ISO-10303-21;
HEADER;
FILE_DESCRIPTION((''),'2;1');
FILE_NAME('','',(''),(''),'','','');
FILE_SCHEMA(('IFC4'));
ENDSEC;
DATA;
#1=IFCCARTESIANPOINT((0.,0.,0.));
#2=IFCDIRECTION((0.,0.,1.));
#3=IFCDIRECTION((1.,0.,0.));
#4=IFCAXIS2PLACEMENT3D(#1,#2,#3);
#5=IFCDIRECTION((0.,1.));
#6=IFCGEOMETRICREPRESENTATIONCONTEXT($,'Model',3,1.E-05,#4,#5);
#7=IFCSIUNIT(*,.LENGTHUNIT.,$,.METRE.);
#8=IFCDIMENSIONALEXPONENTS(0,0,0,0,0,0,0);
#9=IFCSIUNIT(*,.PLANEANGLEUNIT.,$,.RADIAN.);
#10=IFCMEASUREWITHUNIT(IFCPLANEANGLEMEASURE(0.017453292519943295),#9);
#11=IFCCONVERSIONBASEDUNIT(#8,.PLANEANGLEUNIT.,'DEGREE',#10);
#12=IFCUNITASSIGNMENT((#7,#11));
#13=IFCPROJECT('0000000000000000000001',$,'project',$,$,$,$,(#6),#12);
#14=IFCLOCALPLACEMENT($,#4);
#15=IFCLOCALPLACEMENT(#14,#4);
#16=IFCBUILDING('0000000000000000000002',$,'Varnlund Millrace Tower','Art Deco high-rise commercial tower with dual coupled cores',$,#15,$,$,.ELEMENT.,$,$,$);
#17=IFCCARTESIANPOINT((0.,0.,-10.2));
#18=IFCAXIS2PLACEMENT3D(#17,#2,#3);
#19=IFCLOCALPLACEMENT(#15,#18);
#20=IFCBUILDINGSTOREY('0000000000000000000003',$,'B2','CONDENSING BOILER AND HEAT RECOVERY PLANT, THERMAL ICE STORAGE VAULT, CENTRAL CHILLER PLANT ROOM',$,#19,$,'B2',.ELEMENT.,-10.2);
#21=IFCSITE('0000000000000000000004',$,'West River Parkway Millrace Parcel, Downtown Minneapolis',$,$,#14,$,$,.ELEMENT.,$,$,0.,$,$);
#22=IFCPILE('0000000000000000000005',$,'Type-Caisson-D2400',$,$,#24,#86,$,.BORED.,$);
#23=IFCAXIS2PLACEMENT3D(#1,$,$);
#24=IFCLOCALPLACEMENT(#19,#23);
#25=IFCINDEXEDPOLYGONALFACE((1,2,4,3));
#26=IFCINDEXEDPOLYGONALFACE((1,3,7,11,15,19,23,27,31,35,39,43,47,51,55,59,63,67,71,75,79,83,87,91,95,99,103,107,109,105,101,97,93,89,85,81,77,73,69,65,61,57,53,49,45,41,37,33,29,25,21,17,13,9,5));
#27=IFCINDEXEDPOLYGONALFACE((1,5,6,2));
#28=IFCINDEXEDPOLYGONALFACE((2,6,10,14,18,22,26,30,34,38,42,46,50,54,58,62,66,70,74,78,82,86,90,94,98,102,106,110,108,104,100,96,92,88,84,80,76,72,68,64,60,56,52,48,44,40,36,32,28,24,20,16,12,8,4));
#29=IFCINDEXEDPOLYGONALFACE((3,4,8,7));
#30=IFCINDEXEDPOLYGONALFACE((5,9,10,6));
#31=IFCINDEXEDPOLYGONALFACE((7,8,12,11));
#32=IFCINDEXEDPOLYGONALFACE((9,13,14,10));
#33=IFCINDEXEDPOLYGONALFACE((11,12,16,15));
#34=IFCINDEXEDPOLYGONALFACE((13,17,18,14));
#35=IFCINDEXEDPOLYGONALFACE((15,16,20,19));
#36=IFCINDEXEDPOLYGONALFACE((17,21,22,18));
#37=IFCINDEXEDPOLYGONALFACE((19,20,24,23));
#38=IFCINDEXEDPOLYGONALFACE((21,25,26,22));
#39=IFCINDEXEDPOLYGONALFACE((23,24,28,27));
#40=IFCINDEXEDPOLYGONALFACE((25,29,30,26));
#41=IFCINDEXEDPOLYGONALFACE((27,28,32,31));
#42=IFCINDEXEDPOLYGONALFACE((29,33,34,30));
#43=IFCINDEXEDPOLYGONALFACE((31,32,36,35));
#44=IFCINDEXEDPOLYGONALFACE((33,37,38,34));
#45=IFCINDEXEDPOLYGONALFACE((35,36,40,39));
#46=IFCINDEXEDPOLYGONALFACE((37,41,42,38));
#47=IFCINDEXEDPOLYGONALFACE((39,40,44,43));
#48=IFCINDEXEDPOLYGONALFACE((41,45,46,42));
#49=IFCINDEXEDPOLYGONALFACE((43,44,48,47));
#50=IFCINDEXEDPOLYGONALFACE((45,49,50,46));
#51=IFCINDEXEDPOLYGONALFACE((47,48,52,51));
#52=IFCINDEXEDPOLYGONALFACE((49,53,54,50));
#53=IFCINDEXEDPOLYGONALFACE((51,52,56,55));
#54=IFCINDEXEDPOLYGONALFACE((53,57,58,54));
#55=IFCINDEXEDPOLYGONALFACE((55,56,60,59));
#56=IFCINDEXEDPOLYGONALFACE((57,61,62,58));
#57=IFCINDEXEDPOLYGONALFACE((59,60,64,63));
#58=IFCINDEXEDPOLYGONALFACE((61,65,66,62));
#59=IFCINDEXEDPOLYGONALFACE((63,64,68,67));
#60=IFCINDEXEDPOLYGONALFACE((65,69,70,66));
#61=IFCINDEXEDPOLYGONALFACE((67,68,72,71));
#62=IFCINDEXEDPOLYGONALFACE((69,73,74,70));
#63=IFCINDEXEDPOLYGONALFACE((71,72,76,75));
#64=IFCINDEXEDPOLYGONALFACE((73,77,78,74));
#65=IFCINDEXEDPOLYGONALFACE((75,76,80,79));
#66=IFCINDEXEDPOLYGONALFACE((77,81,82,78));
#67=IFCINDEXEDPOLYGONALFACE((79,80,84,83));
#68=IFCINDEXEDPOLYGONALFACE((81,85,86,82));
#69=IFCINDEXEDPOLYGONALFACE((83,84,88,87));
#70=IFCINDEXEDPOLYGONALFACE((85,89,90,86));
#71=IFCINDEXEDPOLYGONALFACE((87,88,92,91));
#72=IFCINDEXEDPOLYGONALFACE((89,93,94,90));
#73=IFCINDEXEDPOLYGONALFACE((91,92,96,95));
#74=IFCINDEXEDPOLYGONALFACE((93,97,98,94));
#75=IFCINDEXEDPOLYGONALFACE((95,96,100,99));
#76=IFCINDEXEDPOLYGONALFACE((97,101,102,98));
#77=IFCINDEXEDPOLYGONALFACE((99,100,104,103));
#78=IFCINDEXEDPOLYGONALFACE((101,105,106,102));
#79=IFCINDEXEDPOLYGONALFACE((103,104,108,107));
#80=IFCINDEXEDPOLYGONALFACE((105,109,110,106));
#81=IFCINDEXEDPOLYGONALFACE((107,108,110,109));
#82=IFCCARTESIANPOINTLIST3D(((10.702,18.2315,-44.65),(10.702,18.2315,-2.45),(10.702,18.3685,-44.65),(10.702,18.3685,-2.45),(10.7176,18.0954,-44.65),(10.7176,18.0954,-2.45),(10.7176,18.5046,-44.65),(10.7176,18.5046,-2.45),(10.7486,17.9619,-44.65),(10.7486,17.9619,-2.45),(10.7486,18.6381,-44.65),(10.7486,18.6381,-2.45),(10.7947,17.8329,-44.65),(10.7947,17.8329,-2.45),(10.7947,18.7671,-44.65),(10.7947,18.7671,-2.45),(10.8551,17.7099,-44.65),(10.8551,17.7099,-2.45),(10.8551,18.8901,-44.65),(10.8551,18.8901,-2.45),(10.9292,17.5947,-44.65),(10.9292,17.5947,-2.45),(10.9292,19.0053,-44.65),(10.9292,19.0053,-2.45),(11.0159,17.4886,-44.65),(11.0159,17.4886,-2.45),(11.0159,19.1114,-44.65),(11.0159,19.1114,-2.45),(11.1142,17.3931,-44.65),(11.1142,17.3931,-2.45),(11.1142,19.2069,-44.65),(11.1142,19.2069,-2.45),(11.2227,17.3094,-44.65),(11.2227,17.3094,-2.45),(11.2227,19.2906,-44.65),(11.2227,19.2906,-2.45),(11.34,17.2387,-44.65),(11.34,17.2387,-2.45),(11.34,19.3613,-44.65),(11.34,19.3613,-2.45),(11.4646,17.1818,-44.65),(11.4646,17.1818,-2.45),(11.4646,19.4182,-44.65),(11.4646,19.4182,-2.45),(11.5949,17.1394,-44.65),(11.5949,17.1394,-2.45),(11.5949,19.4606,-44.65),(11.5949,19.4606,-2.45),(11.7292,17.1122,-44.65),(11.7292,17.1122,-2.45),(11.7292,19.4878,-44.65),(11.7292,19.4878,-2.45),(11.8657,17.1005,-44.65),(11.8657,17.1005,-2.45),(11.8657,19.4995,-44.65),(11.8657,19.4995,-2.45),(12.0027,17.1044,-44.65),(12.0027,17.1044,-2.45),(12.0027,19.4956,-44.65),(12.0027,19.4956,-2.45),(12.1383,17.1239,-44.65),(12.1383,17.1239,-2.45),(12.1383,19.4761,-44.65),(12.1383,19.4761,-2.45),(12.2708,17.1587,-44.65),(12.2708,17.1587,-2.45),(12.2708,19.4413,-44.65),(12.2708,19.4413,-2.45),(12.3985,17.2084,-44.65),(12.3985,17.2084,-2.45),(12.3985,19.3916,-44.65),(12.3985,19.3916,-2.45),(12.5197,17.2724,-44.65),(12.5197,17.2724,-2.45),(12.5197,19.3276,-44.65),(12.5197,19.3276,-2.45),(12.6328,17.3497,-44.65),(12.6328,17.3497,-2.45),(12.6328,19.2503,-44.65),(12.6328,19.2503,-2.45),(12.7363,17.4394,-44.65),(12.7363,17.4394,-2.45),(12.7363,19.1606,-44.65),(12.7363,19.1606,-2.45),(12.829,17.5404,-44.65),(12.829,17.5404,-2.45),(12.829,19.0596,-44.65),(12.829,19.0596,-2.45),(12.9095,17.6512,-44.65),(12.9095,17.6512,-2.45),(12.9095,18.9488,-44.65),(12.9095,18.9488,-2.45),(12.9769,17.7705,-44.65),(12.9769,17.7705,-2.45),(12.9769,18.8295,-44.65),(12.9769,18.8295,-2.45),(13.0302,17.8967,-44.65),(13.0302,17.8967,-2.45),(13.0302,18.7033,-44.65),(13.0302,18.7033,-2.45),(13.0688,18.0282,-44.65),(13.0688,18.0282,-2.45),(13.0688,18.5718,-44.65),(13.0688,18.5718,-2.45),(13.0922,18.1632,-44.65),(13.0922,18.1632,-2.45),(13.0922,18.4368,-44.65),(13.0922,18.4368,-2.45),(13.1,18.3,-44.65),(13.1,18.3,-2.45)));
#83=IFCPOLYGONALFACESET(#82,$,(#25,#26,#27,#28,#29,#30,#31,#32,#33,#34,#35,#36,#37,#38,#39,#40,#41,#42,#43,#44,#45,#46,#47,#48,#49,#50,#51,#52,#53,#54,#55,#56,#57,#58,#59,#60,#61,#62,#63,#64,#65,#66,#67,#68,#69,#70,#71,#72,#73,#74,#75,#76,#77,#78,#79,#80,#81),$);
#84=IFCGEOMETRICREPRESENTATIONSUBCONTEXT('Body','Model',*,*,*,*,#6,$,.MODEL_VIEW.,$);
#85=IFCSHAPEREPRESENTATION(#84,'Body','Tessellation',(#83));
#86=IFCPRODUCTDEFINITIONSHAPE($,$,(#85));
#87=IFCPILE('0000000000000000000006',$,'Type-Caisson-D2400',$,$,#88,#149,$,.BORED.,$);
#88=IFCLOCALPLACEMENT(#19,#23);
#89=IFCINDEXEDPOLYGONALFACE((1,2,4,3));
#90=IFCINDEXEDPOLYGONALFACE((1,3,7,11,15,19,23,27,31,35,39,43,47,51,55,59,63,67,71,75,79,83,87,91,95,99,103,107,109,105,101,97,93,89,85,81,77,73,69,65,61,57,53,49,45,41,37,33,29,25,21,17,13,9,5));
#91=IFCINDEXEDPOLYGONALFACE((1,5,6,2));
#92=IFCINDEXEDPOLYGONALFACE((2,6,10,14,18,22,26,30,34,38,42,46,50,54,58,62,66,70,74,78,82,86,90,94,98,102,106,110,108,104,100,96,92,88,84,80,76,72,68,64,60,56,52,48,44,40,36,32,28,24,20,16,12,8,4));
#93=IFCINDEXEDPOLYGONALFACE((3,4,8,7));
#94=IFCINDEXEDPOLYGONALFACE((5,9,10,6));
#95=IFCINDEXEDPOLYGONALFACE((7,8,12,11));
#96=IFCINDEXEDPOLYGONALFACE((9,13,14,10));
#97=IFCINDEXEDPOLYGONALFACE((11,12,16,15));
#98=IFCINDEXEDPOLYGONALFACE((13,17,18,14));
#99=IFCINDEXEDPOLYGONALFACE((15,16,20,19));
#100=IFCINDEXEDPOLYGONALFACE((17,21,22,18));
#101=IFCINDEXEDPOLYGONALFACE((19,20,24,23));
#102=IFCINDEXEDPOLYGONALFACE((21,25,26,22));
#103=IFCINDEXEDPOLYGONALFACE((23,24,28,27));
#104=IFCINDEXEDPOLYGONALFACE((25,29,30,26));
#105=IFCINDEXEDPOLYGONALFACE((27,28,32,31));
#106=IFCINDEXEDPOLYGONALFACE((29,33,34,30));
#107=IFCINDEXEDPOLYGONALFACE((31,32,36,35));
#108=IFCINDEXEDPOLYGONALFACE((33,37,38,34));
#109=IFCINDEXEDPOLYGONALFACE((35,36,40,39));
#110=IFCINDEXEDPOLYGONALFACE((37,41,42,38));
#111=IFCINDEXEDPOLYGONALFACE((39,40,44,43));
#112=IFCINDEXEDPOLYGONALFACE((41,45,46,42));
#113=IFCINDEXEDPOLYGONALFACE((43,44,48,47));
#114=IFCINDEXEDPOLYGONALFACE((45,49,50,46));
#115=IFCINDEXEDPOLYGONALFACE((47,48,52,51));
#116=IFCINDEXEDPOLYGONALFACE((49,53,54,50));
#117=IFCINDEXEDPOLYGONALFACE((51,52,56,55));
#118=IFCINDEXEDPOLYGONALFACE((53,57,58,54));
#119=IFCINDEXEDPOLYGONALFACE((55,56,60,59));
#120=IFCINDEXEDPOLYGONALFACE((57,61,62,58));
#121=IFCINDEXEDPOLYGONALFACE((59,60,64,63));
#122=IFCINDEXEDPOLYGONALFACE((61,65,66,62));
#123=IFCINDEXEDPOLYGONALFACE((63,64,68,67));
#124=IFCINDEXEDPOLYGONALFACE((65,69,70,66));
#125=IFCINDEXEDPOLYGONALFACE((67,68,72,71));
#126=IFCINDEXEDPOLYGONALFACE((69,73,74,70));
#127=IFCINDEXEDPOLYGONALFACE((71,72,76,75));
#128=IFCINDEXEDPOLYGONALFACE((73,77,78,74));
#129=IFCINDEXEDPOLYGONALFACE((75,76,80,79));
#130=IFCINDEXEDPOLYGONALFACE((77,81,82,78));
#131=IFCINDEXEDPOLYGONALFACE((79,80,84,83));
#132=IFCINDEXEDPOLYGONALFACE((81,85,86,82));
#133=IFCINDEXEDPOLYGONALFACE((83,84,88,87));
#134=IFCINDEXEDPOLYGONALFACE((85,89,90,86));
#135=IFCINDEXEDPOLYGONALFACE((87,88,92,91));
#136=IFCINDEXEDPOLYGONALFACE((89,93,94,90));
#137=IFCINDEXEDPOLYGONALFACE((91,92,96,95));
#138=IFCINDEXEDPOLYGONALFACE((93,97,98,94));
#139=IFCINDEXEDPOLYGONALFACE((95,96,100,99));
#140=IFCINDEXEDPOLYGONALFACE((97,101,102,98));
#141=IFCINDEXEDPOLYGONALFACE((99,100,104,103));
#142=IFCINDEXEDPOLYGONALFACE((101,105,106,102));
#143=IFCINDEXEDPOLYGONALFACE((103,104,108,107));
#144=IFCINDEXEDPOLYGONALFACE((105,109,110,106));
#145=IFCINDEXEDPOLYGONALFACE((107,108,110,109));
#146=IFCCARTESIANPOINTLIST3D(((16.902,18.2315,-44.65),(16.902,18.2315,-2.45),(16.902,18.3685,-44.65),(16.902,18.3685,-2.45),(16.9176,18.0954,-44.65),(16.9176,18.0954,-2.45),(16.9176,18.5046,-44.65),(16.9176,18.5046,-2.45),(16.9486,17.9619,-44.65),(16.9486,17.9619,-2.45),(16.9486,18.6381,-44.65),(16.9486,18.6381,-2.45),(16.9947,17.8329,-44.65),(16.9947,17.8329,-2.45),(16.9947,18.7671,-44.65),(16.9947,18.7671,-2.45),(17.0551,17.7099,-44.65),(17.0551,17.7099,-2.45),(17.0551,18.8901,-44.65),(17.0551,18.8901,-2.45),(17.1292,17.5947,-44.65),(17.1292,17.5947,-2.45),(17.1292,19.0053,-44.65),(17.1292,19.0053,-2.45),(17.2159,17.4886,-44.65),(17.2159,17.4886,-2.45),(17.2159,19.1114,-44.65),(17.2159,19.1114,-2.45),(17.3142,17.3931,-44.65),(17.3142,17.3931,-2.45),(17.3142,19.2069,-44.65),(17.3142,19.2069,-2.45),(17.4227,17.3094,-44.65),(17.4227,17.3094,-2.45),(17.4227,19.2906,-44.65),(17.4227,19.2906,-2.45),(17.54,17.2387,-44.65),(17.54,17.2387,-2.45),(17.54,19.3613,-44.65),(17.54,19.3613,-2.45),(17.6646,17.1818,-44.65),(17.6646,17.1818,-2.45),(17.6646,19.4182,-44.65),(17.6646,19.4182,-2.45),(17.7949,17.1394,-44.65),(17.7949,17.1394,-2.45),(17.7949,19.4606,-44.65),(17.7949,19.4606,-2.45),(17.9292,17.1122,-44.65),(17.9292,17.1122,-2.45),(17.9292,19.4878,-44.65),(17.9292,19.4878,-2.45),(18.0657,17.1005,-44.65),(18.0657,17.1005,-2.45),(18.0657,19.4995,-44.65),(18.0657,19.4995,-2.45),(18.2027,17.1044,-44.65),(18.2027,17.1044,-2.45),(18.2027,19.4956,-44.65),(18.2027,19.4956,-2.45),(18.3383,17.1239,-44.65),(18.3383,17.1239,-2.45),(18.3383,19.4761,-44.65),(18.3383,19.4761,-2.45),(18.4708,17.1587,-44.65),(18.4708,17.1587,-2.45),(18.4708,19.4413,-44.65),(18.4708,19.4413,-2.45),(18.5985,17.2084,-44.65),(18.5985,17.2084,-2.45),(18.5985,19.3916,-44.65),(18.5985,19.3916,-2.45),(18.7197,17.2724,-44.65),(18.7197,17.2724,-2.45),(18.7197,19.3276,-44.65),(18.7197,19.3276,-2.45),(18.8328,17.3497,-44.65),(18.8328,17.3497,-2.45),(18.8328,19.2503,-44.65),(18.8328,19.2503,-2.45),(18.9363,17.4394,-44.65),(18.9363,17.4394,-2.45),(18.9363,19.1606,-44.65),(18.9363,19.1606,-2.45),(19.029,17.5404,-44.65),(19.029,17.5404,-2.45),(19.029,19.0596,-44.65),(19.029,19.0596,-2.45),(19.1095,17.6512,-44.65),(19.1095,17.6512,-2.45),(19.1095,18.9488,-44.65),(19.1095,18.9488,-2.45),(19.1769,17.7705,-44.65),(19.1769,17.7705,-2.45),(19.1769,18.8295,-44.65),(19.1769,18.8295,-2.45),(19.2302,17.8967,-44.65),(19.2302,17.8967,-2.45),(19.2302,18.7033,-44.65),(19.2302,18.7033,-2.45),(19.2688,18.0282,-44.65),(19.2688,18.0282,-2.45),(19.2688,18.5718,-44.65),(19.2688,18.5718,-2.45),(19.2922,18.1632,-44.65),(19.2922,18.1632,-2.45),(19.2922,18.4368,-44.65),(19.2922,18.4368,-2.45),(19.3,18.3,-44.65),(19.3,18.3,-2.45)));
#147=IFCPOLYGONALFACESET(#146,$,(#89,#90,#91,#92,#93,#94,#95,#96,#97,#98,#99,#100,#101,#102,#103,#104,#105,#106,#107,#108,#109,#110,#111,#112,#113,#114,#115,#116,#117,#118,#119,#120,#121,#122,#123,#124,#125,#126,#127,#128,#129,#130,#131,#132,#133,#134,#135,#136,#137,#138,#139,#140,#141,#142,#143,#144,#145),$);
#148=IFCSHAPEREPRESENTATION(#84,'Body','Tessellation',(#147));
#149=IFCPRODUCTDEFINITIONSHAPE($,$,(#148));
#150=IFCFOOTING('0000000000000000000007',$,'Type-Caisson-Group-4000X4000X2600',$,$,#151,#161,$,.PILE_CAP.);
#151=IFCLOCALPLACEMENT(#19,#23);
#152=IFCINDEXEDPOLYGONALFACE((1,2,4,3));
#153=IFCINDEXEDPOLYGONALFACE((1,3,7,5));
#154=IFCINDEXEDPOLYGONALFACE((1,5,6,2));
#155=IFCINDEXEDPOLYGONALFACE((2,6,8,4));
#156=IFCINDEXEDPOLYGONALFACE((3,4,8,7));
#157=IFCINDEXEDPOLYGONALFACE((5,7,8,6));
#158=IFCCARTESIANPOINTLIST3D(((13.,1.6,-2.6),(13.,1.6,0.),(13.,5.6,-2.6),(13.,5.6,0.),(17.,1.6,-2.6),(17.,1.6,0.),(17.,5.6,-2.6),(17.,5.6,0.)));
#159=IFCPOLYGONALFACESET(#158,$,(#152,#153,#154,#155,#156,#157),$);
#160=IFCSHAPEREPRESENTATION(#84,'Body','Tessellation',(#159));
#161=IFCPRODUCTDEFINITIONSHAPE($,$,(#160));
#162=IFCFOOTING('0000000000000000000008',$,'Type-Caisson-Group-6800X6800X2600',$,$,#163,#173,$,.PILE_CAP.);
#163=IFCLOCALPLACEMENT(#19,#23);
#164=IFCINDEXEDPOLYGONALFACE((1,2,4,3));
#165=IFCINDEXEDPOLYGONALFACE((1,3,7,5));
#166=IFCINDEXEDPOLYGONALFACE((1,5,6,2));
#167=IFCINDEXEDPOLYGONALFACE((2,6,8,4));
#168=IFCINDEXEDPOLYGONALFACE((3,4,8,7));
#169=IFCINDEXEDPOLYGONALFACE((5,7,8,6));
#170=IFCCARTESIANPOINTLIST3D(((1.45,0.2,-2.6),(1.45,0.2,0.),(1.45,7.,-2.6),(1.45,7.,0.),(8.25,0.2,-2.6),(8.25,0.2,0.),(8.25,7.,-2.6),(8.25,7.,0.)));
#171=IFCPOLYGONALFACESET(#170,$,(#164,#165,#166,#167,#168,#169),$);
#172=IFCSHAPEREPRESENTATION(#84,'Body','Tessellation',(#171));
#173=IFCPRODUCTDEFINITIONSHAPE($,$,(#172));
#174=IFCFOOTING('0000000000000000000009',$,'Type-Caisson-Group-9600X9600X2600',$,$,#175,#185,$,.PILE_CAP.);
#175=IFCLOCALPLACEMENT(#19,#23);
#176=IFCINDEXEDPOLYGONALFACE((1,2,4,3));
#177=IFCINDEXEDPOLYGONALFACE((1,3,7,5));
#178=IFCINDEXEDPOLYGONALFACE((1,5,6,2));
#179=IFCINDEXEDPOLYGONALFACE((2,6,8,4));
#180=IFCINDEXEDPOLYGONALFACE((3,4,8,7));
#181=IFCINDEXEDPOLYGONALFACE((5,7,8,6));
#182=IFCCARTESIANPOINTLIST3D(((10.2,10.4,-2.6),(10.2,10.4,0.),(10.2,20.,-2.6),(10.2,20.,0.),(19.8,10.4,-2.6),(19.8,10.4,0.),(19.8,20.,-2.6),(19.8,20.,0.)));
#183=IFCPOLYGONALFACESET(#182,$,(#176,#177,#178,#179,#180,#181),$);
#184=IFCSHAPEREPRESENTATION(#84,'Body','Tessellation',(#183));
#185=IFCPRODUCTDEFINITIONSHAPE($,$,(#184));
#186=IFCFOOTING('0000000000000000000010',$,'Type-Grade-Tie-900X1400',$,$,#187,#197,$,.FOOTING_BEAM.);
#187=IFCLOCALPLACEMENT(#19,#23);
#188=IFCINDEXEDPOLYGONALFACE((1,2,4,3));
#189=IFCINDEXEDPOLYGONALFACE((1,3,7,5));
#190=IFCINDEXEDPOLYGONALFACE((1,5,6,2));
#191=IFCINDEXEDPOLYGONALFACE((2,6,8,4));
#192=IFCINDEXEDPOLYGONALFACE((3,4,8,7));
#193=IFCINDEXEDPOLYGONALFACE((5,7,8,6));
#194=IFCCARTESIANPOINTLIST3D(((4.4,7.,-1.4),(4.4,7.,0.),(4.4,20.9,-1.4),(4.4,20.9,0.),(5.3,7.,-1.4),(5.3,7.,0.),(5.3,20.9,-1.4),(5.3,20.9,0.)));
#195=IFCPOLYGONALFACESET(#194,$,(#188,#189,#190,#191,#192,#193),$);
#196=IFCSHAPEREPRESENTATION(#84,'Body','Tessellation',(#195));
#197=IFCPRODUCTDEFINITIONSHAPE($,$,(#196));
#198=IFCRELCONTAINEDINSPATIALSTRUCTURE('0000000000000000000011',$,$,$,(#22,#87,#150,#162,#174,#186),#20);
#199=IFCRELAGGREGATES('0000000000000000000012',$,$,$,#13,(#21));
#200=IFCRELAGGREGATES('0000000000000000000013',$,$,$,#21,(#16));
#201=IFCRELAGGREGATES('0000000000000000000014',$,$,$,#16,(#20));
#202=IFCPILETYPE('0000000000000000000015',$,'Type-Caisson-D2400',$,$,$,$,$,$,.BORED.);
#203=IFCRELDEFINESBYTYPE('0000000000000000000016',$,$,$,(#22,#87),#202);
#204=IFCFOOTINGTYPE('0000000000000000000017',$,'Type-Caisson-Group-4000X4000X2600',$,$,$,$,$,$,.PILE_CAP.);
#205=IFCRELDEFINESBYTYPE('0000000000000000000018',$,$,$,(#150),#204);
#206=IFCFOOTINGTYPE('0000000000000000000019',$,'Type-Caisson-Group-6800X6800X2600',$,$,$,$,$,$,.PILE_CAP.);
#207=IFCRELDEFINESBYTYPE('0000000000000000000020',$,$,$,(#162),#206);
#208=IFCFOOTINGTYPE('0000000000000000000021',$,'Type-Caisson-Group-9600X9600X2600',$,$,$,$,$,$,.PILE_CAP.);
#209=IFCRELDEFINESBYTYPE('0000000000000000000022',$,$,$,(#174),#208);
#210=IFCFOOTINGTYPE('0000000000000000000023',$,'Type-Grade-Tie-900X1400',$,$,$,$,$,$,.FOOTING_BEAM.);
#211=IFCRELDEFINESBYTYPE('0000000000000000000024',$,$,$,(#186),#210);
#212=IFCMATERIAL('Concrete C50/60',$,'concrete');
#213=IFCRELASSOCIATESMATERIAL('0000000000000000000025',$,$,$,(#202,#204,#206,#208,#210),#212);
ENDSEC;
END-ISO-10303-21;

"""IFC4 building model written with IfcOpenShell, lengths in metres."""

from ifc_helpers import new_model, entity, si_unit, converted_unit, direction, frame, origin_with_axes, origin_2d_with_axis, place, context, subcontext, project, spatial, rectangle, circle, extrude, material, material_profile, profile_set, type_object, element, save


model = new_model("IFC4")

# Units and contexts
model_context = context("Model", 3, precision=1e-05, world=origin_with_axes(), true_north=direction((0.0, 1.0)))
body_context = subcontext(model_context, "Body", "Model", "MODEL_VIEW")
ifc_project = project(units=[si_unit("LENGTHUNIT", "METRE"), converted_unit("PLANEANGLEUNIT", "DEGREE", entity("IfcPlaneAngleMeasure", 0.017453292519943295), si_unit("PLANEANGLEUNIT", "RADIAN"), dimensions=[0, 0, 0, 0, 0, 0, 0])], contexts=[model_context])

# Site, building, storey
site_placement = place(None, origin_with_axes())
site = spatial("IfcSite", under=ifc_project, at=site_placement, Name="West River Parkway Millrace Parcel, Downtown Minneapolis", CompositionType="ELEMENT", RefElevation=0.0)
building_placement = place(site_placement, origin_with_axes())
building = spatial("IfcBuilding", under=site, at=building_placement, Name="Varnlund Millrace Tower", Description="Art Deco high-rise commercial tower with dual coupled cores", CompositionType="ELEMENT")
storey_placement = place(building_placement, frame((0.0, 0.0, -10.2), z_axis=(0.0, 0.0, 1.0), x_axis=(1.0, 0.0, 0.0)))
storey = spatial("IfcBuildingStorey", under=building, at=storey_placement, Name="B2", Description="CONDENSING BOILER AND HEAT RECOVERY PLANT, THERMAL ICE STORAGE VAULT, CENTRAL CHILLER PLANT ROOM", LongName="B2", CompositionType="ELEMENT", Elevation=-10.2)

# Piles
ifc_material_1 = material(Name="Concrete C50/60", Category="concrete")
ifc_material_profile_1 = material_profile(ifc_material_1, circle(Radius=1.2, at=origin_2d_with_axis()), Name="Concrete C50/60")
ifc_profile_set_1 = profile_set([ifc_material_profile_1], Name="Concrete C50/60")
pile_type_1 = type_object("IfcPileType", Name="Type-Caisson-D2400", PredefinedType="BORED", material=ifc_profile_set_1)
for number, where, z_axis, x_axis, name in (
    (1, (11.9, 18.3, -44.65), (0.0, 0.0, 1.0), (1.0, 0.0, 0.0), "Type-Caisson-D2400"),
    (2, (18.1, 18.3, -44.65), (0.0, 0.0, 1.0), (1.0, 0.0, 0.0), "Type-Caisson-D2400"),
):
    element("IfcPile", number, at=place(storey_placement, frame(where, z_axis=z_axis, x_axis=x_axis)), inside=storey, type_object=pile_type_1, Name=name, PredefinedType="BORED", context=body_context, shape_type="SweptSolid", body=[
        extrude(circle(Radius=1.2, at=origin_2d_with_axis()), origin_with_axes(), (0.0, 0.0, 1.0), 42.2),
    ])

# Footings
footing_type_1 = type_object("IfcFootingType", Name="Type-Caisson-Group-4000X4000X2600", PredefinedType="PILE_CAP", material=ifc_material_1)
footing_1_placement = place(storey_placement, frame((15.0, 3.6, -2.6), z_axis=(0.0, 0.0, 1.0), x_axis=(1.0, 0.0, 0.0)))
element("IfcFooting", 3, at=footing_1_placement, inside=storey, type_object=footing_type_1, Name="Type-Caisson-Group-4000X4000X2600", PredefinedType="PILE_CAP", context=body_context, shape_type="SweptSolid", body=[
    extrude(rectangle(XDim=4.0, YDim=4.0, at=origin_2d_with_axis()), origin_with_axes(), (0.0, 0.0, 1.0), 2.6),
])
footing_type_2 = type_object("IfcFootingType", Name="Type-Caisson-Group-6800X6800X2600", PredefinedType="PILE_CAP", material=ifc_material_1)
footing_2_placement = place(storey_placement, frame((4.85, 3.6, -2.6), z_axis=(0.0, 0.0, 1.0), x_axis=(1.0, 0.0, 0.0)))
element("IfcFooting", 4, at=footing_2_placement, inside=storey, type_object=footing_type_2, Name="Type-Caisson-Group-6800X6800X2600", PredefinedType="PILE_CAP", context=body_context, shape_type="SweptSolid", body=[
    extrude(rectangle(XDim=6.8, YDim=6.8, at=origin_2d_with_axis()), origin_with_axes(), (0.0, 0.0, 1.0), 2.6),
])
footing_type_3 = type_object("IfcFootingType", Name="Type-Caisson-Group-9600X9600X2600", PredefinedType="PILE_CAP", material=ifc_material_1)
footing_3_placement = place(storey_placement, frame((15.0, 15.2, -2.6), z_axis=(0.0, 0.0, 1.0), x_axis=(1.0, 0.0, 0.0)))
element("IfcFooting", 5, at=footing_3_placement, inside=storey, type_object=footing_type_3, Name="Type-Caisson-Group-9600X9600X2600", PredefinedType="PILE_CAP", context=body_context, shape_type="SweptSolid", body=[
    extrude(rectangle(XDim=9.6, YDim=9.6, at=origin_2d_with_axis()), origin_with_axes(), (0.0, 0.0, 1.0), 2.6),
])
footing_type_4 = type_object("IfcFootingType", Name="Type-Grade-Tie-900X1400", PredefinedType="FOOTING_BEAM", material=ifc_material_1)
footing_4_placement = place(storey_placement, frame((4.85, 13.95, -1.4), z_axis=(0.0, 0.0, 1.0), x_axis=(0.0, 1.0, 0.0)))
element("IfcFooting", 6, at=footing_4_placement, inside=storey, type_object=footing_type_4, Name="Type-Grade-Tie-900X1400", PredefinedType="FOOTING_BEAM", context=body_context, shape_type="SweptSolid", body=[
    extrude(rectangle(XDim=13.9, YDim=0.9, at=origin_2d_with_axis()), origin_with_axes(), (0.0, 0.0, 1.0), 1.4),
])

save(model, "model.ifc")
